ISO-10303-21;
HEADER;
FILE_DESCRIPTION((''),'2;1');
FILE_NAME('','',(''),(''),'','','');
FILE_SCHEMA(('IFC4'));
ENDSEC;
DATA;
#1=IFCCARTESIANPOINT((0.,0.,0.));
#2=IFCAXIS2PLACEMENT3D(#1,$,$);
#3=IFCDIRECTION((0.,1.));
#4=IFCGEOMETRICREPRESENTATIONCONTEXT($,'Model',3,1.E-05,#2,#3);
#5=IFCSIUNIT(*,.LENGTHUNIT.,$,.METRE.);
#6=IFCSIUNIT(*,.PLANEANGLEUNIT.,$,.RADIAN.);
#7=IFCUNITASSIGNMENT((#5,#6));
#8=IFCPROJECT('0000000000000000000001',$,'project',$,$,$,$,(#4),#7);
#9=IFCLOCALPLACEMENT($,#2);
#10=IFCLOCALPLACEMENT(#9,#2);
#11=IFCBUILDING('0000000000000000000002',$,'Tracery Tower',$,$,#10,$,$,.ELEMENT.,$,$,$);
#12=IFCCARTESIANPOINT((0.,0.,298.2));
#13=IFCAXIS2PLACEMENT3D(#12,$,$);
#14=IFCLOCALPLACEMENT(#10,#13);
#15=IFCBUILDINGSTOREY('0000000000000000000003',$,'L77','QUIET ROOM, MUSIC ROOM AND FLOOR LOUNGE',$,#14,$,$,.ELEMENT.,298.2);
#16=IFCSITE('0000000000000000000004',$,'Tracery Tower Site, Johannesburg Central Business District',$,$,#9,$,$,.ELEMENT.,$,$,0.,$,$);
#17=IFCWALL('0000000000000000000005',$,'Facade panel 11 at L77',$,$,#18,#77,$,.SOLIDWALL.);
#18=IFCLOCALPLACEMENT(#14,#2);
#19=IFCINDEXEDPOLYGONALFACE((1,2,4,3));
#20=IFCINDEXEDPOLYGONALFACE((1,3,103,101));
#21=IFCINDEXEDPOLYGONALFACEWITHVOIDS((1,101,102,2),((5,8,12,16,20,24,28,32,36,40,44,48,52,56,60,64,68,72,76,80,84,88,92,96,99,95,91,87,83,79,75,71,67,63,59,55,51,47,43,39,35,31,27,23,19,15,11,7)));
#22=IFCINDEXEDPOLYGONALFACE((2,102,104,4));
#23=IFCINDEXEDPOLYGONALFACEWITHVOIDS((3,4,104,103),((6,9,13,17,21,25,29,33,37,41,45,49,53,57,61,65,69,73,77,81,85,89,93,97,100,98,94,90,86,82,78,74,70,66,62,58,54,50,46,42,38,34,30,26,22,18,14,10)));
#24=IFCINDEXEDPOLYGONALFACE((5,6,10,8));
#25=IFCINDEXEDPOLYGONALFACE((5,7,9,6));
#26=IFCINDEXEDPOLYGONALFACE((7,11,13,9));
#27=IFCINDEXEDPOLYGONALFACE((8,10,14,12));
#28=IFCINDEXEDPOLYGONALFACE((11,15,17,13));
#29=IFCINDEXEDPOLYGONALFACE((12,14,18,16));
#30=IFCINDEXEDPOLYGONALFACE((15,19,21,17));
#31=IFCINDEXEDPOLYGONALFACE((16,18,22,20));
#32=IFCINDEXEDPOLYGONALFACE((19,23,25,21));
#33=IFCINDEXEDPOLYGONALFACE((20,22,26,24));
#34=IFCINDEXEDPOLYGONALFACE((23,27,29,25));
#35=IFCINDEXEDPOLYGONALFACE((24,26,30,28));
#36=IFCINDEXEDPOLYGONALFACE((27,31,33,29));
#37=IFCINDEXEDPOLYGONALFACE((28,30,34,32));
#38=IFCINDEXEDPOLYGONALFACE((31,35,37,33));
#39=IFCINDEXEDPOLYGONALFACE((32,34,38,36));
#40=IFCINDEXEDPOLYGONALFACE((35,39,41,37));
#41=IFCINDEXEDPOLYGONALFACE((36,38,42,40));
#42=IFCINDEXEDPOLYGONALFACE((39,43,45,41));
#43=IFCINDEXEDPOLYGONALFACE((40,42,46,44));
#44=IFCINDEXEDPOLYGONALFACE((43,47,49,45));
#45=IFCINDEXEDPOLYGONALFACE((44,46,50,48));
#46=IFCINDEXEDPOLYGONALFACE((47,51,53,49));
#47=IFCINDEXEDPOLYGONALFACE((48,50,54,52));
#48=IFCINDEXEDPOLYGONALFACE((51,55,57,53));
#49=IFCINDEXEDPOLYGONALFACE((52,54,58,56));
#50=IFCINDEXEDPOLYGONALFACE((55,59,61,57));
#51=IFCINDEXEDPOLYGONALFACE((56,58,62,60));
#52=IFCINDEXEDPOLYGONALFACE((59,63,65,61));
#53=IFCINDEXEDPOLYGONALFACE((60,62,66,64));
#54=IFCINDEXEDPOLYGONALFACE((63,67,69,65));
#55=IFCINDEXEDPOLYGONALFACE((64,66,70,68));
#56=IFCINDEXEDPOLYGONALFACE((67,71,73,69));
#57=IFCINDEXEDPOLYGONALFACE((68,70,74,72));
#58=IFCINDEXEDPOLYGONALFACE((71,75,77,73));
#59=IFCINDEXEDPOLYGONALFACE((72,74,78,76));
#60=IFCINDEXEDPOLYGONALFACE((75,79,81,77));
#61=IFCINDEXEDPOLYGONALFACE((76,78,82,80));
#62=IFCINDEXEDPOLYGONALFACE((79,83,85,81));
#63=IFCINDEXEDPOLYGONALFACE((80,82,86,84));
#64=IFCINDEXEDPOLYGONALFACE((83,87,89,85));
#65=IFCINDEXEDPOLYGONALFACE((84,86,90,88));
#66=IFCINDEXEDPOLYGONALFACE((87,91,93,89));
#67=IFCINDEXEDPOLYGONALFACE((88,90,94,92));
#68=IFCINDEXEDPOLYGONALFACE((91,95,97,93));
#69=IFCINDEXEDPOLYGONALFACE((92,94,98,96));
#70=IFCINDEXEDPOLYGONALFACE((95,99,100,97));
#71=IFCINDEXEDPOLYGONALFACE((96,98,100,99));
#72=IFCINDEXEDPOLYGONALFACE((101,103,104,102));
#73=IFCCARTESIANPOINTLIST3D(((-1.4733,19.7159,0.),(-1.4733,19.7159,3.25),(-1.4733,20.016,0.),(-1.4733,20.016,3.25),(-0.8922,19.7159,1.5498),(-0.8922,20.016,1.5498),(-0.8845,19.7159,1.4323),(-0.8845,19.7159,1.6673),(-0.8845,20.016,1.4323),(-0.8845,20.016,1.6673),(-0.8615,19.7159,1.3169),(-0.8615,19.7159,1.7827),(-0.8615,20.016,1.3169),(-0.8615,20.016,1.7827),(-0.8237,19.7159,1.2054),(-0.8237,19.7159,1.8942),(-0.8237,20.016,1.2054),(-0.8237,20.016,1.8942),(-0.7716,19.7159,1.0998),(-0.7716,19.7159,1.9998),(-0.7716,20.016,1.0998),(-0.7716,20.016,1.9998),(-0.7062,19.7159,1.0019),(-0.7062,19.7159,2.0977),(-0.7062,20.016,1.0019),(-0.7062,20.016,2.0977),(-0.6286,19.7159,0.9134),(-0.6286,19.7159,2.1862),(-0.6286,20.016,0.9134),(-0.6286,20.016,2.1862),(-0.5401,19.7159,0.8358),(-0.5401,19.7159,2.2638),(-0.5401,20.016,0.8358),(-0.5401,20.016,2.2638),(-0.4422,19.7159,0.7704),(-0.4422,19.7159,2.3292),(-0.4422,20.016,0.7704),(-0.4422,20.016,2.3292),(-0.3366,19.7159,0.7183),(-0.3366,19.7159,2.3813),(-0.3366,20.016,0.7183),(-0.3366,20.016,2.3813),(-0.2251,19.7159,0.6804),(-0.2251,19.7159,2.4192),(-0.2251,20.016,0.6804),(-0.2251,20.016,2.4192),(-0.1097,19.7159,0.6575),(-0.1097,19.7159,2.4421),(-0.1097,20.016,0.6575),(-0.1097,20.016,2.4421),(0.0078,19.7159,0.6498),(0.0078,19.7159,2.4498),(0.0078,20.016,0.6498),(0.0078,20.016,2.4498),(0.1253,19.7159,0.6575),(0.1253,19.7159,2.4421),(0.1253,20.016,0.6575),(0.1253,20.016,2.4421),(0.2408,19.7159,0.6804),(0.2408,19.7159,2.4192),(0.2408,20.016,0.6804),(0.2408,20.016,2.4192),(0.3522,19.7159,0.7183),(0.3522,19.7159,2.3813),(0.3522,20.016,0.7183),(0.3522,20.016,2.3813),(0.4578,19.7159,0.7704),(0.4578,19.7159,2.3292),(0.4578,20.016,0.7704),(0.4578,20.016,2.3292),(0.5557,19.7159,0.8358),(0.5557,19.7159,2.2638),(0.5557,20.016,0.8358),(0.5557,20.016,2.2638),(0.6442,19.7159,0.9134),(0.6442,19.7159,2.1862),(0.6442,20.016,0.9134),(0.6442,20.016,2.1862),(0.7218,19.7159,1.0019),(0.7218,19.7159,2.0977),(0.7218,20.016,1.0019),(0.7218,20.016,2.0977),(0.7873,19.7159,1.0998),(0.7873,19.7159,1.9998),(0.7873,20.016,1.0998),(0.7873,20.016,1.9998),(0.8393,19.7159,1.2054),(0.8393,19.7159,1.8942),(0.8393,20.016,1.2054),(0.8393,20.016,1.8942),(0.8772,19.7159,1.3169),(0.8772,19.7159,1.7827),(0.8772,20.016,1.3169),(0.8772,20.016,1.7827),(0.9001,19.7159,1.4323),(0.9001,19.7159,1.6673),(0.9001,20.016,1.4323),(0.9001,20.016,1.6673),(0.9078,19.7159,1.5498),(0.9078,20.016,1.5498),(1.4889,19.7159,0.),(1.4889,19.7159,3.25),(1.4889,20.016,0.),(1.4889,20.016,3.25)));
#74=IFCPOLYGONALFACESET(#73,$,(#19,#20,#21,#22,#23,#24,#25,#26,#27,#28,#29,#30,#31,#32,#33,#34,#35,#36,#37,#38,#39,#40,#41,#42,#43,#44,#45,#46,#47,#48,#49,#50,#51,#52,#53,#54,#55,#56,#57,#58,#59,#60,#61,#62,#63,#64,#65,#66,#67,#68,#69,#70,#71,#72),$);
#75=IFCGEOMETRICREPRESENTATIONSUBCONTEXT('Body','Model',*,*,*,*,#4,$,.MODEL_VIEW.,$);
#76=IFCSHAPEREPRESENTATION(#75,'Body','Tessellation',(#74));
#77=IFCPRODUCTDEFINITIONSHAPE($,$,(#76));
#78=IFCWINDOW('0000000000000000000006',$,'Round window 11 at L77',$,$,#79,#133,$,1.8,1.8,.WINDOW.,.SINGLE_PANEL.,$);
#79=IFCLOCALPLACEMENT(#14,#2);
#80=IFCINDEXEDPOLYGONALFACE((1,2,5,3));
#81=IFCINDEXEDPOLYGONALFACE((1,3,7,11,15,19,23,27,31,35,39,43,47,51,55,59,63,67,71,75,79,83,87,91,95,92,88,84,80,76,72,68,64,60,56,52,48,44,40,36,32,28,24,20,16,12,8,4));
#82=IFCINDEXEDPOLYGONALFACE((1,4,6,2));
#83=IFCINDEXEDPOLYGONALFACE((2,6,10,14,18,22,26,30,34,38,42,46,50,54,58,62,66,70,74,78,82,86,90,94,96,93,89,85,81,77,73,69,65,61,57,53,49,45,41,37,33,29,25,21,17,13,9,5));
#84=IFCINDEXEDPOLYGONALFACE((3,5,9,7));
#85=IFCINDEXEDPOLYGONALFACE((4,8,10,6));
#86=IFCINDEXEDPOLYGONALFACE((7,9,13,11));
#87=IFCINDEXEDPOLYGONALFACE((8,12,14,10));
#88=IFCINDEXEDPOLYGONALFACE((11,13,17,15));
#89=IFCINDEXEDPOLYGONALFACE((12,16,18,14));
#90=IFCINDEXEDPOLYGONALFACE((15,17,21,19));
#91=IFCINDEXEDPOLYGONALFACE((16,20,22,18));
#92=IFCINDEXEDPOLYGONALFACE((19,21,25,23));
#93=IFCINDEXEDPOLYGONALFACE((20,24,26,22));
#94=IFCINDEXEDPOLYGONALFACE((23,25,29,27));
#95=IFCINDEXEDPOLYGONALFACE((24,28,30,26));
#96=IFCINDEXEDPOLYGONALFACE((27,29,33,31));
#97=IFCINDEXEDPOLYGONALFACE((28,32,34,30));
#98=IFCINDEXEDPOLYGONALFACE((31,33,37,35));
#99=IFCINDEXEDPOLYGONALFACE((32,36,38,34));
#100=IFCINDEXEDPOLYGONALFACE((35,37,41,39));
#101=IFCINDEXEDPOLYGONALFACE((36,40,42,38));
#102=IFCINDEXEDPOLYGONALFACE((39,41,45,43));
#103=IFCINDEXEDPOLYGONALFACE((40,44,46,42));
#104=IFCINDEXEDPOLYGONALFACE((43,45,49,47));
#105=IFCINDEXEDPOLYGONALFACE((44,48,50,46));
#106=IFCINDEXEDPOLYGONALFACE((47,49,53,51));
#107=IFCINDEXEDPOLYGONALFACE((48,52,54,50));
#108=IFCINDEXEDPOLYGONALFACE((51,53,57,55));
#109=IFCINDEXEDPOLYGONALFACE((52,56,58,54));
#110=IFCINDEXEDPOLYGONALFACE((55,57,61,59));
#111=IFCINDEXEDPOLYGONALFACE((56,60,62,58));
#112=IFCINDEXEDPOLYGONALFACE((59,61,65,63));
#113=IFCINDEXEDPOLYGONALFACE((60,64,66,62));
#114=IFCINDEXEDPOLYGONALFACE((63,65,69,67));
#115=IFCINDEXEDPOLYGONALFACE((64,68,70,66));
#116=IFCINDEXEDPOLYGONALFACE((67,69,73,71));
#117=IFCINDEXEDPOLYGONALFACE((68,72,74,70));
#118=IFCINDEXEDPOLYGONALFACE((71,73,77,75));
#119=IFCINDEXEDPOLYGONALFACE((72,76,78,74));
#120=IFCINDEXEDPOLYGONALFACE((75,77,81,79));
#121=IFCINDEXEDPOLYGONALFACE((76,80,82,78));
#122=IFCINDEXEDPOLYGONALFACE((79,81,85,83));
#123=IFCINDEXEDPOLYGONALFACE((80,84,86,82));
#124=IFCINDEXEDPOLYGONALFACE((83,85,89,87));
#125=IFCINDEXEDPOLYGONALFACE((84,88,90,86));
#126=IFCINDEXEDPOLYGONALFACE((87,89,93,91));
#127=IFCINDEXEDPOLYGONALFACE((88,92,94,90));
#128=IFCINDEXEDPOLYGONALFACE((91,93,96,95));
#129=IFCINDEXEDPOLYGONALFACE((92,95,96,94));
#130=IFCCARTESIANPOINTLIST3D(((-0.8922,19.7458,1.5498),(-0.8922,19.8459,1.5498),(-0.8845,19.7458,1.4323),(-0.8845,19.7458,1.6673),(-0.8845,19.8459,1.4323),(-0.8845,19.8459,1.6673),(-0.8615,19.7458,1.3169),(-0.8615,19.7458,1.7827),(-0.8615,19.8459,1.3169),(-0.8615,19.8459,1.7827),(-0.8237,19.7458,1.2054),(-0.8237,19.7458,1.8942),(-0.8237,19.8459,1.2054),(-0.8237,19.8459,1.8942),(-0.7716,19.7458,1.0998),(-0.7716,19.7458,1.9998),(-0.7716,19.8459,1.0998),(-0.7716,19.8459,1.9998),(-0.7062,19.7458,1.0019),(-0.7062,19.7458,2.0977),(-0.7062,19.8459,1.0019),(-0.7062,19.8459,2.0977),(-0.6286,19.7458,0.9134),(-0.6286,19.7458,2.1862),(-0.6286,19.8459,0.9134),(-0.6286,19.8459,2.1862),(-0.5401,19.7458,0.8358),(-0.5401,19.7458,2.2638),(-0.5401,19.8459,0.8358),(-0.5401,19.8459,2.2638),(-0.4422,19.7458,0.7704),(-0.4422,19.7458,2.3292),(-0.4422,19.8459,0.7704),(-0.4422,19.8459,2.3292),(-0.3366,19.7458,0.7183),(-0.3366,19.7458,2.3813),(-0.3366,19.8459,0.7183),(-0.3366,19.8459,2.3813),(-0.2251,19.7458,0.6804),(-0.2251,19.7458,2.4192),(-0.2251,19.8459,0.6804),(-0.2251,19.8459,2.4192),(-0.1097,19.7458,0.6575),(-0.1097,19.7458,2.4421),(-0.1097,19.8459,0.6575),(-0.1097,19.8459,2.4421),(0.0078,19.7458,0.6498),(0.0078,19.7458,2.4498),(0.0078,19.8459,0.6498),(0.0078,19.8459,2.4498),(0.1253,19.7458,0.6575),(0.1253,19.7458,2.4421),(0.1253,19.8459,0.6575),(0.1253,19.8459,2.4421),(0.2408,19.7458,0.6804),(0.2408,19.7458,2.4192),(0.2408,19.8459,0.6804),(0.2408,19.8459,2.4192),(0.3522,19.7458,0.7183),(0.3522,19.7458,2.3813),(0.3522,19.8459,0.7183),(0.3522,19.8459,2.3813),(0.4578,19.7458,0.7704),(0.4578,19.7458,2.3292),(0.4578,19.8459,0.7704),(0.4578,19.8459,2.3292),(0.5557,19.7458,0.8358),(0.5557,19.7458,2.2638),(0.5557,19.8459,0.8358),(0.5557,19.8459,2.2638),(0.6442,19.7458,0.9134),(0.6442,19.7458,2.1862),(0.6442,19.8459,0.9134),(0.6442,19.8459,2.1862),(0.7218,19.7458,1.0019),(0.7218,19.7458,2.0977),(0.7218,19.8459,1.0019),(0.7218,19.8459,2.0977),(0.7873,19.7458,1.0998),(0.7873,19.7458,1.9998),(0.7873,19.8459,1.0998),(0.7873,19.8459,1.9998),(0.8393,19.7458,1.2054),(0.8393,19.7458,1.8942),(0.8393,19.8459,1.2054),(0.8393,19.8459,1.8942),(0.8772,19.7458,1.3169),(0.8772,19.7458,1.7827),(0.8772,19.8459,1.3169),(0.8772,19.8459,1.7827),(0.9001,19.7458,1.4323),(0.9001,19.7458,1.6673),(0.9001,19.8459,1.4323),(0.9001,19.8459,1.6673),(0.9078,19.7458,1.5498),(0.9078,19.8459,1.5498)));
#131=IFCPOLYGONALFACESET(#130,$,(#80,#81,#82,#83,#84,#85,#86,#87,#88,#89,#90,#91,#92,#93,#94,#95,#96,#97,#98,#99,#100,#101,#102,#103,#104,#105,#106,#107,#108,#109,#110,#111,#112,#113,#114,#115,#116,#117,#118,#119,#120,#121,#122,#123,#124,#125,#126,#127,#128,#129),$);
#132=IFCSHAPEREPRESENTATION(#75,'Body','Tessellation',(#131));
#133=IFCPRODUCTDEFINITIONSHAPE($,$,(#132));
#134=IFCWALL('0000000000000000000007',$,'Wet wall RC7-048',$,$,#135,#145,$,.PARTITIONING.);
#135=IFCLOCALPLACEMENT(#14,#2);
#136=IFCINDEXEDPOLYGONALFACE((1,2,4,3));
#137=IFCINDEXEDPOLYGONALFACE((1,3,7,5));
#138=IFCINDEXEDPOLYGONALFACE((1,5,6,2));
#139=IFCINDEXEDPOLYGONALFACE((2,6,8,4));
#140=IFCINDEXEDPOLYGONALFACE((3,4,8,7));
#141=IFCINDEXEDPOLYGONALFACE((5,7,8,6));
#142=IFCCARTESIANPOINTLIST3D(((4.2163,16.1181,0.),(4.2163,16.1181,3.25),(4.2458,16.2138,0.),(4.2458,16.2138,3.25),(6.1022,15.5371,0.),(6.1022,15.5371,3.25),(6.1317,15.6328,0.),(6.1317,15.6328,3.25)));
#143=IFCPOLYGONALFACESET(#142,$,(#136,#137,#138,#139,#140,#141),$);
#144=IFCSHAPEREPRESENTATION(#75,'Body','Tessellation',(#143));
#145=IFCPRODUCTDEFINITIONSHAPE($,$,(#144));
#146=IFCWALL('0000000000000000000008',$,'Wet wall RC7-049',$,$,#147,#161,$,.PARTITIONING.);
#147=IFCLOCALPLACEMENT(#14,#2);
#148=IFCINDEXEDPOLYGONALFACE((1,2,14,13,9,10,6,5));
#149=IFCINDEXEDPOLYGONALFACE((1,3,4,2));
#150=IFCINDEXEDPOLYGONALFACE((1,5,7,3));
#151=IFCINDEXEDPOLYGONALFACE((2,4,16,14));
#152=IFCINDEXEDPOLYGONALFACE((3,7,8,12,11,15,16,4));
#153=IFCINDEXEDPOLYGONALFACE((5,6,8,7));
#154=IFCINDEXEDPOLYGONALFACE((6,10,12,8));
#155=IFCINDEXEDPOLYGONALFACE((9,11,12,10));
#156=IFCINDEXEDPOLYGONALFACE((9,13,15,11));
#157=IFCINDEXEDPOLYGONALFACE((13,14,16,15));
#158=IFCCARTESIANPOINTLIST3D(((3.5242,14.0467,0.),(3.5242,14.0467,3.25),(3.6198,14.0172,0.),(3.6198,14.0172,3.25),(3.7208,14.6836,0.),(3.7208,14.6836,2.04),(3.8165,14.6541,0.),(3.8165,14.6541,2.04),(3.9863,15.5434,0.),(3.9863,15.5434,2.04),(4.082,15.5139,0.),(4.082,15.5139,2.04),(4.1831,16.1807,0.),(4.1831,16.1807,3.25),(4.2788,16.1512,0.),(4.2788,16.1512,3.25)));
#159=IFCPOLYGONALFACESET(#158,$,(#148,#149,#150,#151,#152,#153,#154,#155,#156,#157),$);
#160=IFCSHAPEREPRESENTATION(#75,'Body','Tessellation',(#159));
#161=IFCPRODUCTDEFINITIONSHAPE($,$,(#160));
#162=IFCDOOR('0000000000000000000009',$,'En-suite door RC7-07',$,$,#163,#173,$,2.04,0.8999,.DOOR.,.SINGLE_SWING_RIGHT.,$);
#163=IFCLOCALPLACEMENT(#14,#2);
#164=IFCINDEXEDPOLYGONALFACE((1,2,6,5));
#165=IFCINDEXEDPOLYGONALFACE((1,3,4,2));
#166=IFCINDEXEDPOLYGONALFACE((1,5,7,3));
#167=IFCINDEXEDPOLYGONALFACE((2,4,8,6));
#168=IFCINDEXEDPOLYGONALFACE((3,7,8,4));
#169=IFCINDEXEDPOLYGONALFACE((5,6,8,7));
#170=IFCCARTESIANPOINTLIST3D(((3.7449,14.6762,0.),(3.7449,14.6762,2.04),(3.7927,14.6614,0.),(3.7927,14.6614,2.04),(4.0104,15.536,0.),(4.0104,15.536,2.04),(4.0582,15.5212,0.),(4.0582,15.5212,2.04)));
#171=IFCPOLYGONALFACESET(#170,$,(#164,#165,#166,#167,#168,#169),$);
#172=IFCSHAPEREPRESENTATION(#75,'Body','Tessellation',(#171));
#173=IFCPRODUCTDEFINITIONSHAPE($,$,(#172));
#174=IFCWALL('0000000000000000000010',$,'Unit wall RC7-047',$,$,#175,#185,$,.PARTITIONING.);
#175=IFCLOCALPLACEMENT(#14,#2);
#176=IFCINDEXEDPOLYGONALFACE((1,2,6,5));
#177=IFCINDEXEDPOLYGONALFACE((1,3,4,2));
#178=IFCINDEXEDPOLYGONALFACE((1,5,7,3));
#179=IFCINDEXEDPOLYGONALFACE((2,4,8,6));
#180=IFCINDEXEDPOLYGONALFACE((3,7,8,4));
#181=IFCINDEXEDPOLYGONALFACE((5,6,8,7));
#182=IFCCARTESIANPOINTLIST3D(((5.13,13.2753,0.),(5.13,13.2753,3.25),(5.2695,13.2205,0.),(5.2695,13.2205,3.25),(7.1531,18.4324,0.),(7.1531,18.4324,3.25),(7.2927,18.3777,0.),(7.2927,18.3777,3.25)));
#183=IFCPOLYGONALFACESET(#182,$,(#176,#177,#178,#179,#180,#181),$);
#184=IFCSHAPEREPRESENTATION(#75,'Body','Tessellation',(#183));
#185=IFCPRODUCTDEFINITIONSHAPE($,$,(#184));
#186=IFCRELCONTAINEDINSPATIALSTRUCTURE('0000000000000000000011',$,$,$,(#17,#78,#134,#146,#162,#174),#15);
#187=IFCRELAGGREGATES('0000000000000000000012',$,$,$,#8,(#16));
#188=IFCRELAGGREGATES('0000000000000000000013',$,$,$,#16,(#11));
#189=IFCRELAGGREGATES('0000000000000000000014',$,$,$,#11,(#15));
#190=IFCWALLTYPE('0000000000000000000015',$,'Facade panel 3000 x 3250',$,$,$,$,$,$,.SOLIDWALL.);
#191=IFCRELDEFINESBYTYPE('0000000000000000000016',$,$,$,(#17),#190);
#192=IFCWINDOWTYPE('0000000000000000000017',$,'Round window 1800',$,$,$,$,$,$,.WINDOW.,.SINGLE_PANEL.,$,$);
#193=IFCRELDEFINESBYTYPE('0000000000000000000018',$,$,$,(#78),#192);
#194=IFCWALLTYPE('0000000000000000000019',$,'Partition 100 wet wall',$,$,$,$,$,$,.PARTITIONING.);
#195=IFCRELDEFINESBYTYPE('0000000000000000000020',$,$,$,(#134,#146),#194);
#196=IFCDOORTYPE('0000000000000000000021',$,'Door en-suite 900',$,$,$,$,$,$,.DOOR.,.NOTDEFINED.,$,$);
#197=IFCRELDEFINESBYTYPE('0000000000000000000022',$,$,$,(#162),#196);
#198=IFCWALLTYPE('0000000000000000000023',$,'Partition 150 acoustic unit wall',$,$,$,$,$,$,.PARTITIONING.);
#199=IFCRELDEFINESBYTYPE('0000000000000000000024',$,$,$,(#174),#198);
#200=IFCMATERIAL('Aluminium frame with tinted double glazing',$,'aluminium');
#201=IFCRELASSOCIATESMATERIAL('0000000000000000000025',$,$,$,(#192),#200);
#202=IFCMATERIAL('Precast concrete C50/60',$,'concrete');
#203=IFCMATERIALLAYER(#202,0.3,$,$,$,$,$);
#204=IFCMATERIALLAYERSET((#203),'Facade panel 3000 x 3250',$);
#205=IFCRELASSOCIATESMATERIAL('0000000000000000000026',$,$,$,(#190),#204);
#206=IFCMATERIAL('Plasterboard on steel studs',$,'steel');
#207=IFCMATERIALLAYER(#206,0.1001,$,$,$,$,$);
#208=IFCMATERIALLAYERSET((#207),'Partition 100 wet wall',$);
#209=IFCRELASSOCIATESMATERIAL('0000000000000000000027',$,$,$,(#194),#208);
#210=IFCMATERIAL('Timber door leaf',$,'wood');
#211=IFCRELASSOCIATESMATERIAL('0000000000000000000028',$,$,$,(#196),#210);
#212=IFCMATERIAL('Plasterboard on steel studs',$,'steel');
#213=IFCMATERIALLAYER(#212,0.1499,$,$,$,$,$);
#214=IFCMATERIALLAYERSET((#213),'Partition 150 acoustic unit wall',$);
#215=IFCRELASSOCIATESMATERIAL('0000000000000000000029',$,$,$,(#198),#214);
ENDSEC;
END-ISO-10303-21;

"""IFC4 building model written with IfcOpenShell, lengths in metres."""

from ifc_helpers import new_model, si_unit, direction, frame, frame_2d, origin, origin_2d, place, context, subcontext, project, spatial, rectangle, circle, extrude, material, layer, layer_set, type_object, element, fill, save


model = new_model("IFC4")

# Units and contexts
model_context = context("Model", 3, precision=1e-05, world=origin(), true_north=direction((0.0, 1.0)))
body_context = subcontext(model_context, "Body", "Model", "MODEL_VIEW")
ifc_project = project(units=[si_unit("LENGTHUNIT", "METRE"), si_unit("PLANEANGLEUNIT", "RADIAN")], contexts=[model_context])

# Site, building, storey
site_placement = place(None, origin())
site = spatial("IfcSite", under=ifc_project, at=site_placement, Name="Tracery Tower Site, Johannesburg Central Business District", CompositionType="ELEMENT", RefElevation=0.0)
building_placement = place(site_placement, origin())
building = spatial("IfcBuilding", under=site, at=building_placement, Name="Tracery Tower", CompositionType="ELEMENT")
storey_placement = place(building_placement, frame((0.0, 0.0, 298.2)))
storey = spatial("IfcBuildingStorey", under=building, at=storey_placement, Name="L77", Description="QUIET ROOM, MUSIC ROOM AND FLOOR LOUNGE", CompositionType="ELEMENT", Elevation=298.2)

# Wall, opening, window
ifc_material_1 = material(Name="Aluminium frame with tinted double glazing", Category="aluminium")
window_type = type_object("IfcWindowType", Name="Round window 1800", PartitioningType="SINGLE_PANEL", PredefinedType="WINDOW", material=ifc_material_1)
ifc_material_2 = material(Name="Precast concrete C50/60", Category="concrete")
ifc_layer_1 = layer(ifc_material_2, 0.3)
ifc_layer_set_1 = layer_set([ifc_layer_1], Name="Facade panel 3000 x 3250")
wall_type_1 = type_object("IfcWallType", Name="Facade panel 3000 x 3250", PredefinedType="SOLIDWALL", material=ifc_layer_set_1)
wall_1_placement = place(storey_placement, frame((1.4888, 19.866, 0.0), z_axis=(0.0, 0.0, 1.0), x_axis=(-1.0, 0.0, 0.0)))
wall_1 = element("IfcWall", 1, at=wall_1_placement, inside=storey, type_object=wall_type_1, Name="Facade panel 11 at L77", PredefinedType="SOLIDWALL", context=body_context, shape_type="SweptSolid", body=[
    extrude(rectangle(XDim=2.9622, YDim=0.3, at=frame_2d((1.481, 0.0))), origin(), (0.0, 0.0, 1.0), 3.25),
])
opening_1_placement = place(wall_1_placement, frame((1.481, 0.0, 1.5498)))
opening_1 = element("IfcOpeningElement", 2, at=opening_1_placement, cuts=wall_1, PredefinedType="OPENING", context=body_context, shape_type="SweptSolid", body=[
    extrude(circle(Radius=0.9, at=origin_2d()), frame((0.0, 0.1599, 0.0), z_axis=(0.0, -1.0, 0.0), x_axis=(1.0, 0.0, 0.0)), (0.0, 0.0, 1.0), 0.3201),
])
window_1_placement = place(opening_1_placement, origin())
window_1 = element("IfcWindow", 3, at=window_1_placement, inside=storey, type_object=window_type, Name="Round window 11 at L77", OverallHeight=1.8, OverallWidth=1.8, PartitioningType="SINGLE_PANEL", PredefinedType="WINDOW", context=body_context, shape_type="SweptSolid", body=[
    extrude(circle(Radius=0.9, at=origin_2d()), frame((0.0, 0.1201, 0.0), z_axis=(0.0, -1.0, 0.0), x_axis=(1.0, 0.0, 0.0)), (0.0, 0.0, 1.0), 0.1001),
])
fill(opening_1, window_1)

# Wall
ifc_material_3 = material(Name="Plasterboard on steel studs", Category="steel")
ifc_layer_2 = layer(ifc_material_3, 0.1001)
ifc_layer_set_2 = layer_set([ifc_layer_2], Name="Partition 100 wet wall")
wall_type_2 = type_object("IfcWallType", Name="Partition 100 wet wall", PredefinedType="PARTITIONING", material=ifc_layer_set_2)
wall_2_placement = place(storey_placement, frame((4.231, 16.166, 0.0), z_axis=(0.0, 0.0, 1.0), x_axis=(0.955672, -0.294434, 0.0)))
element("IfcWall", 4, at=wall_2_placement, inside=storey, type_object=wall_type_2, Name="Wet wall RC7-048", PredefinedType="PARTITIONING", context=body_context, shape_type="SweptSolid", body=[
    extrude(rectangle(XDim=1.9734, YDim=0.1001, at=frame_2d((0.9868, 0.0))), origin(), (0.0, 0.0, 1.0), 3.25),
])

# Wall, opening, door
wall_3_placement = place(storey_placement, frame((3.572, 14.032, 0.0), z_axis=(0.0, 0.0, 1.0), x_axis=(0.295031, 0.955488, 0.0)))
wall_3 = element("IfcWall", 5, at=wall_3_placement, inside=storey, type_object=wall_type_2, Name="Wet wall RC7-049", PredefinedType="PARTITIONING", context=body_context, shape_type="SweptSolid", body=[
    extrude(rectangle(XDim=2.2334, YDim=0.1001, at=frame_2d((1.1167, 0.0))), origin(), (0.0, 0.0, 1.0), 3.25),
])
opening_2_placement = place(wall_3_placement, frame((0.6665, 0.0, 0.0)))
opening_2 = element("IfcOpeningElement", 6, at=opening_2_placement, cuts=wall_3, PredefinedType="OPENING", context=body_context, shape_type="SweptSolid", body=[
    extrude(rectangle(XDim=0.8999, YDim=2.04, at=frame_2d((0.45, 1.02))), frame((0.0, 0.05, 0.0), z_axis=(0.0, -1.0, 0.0), x_axis=(1.0, 0.0, 0.0)), (0.0, 0.0, 1.0), 0.1001),
])
ifc_material_4 = material(Name="Timber door leaf", Category="wood")
door_type_1 = type_object("IfcDoorType", Name="Door en-suite 900", OperationType="NOTDEFINED", PredefinedType="DOOR", material=ifc_material_4)
door_1_placement = place(opening_2_placement, origin())
door_1 = element("IfcDoor", 7, at=door_1_placement, inside=storey, type_object=door_type_1, Name="En-suite door RC7-07", OperationType="SINGLE_SWING_RIGHT", OverallHeight=2.04, OverallWidth=0.8999, PredefinedType="DOOR", context=body_context, shape_type="SweptSolid", body=[
    extrude(rectangle(XDim=0.8999, YDim=2.04, at=frame_2d((0.45, 1.02))), frame((0.0, 0.0249, 0.0), z_axis=(0.0, -1.0, 0.0), x_axis=(1.0, 0.0, 0.0)), (0.0, 0.0, 1.0), 0.05),
])
fill(opening_2, door_1)

# Wall
ifc_material_5 = material(Name="Plasterboard on steel studs", Category="steel")
ifc_layer_3 = layer(ifc_material_5, 0.1499)
ifc_layer_set_3 = layer_set([ifc_layer_3], Name="Partition 150 acoustic unit wall")
wall_type_3 = type_object("IfcWallType", Name="Partition 150 acoustic unit wall", PredefinedType="PARTITIONING", material=ifc_layer_set_3)
wall_4_placement = place(storey_placement, frame((5.1997, 13.2478, 0.0), z_axis=(0.0, 0.0, 1.0), x_axis=(0.365205, 0.930927, 0.0)))
element("IfcWall", 8, at=wall_4_placement, inside=storey, type_object=wall_type_3, Name="Unit wall RC7-047", PredefinedType="PARTITIONING", context=body_context, shape_type="SweptSolid", body=[
    extrude(rectangle(XDim=5.5398, YDim=0.1499, at=frame_2d((2.77, 0.0))), origin(), (0.0, 0.0, 1.0), 3.25),
])

save(model, "model.ifc")
